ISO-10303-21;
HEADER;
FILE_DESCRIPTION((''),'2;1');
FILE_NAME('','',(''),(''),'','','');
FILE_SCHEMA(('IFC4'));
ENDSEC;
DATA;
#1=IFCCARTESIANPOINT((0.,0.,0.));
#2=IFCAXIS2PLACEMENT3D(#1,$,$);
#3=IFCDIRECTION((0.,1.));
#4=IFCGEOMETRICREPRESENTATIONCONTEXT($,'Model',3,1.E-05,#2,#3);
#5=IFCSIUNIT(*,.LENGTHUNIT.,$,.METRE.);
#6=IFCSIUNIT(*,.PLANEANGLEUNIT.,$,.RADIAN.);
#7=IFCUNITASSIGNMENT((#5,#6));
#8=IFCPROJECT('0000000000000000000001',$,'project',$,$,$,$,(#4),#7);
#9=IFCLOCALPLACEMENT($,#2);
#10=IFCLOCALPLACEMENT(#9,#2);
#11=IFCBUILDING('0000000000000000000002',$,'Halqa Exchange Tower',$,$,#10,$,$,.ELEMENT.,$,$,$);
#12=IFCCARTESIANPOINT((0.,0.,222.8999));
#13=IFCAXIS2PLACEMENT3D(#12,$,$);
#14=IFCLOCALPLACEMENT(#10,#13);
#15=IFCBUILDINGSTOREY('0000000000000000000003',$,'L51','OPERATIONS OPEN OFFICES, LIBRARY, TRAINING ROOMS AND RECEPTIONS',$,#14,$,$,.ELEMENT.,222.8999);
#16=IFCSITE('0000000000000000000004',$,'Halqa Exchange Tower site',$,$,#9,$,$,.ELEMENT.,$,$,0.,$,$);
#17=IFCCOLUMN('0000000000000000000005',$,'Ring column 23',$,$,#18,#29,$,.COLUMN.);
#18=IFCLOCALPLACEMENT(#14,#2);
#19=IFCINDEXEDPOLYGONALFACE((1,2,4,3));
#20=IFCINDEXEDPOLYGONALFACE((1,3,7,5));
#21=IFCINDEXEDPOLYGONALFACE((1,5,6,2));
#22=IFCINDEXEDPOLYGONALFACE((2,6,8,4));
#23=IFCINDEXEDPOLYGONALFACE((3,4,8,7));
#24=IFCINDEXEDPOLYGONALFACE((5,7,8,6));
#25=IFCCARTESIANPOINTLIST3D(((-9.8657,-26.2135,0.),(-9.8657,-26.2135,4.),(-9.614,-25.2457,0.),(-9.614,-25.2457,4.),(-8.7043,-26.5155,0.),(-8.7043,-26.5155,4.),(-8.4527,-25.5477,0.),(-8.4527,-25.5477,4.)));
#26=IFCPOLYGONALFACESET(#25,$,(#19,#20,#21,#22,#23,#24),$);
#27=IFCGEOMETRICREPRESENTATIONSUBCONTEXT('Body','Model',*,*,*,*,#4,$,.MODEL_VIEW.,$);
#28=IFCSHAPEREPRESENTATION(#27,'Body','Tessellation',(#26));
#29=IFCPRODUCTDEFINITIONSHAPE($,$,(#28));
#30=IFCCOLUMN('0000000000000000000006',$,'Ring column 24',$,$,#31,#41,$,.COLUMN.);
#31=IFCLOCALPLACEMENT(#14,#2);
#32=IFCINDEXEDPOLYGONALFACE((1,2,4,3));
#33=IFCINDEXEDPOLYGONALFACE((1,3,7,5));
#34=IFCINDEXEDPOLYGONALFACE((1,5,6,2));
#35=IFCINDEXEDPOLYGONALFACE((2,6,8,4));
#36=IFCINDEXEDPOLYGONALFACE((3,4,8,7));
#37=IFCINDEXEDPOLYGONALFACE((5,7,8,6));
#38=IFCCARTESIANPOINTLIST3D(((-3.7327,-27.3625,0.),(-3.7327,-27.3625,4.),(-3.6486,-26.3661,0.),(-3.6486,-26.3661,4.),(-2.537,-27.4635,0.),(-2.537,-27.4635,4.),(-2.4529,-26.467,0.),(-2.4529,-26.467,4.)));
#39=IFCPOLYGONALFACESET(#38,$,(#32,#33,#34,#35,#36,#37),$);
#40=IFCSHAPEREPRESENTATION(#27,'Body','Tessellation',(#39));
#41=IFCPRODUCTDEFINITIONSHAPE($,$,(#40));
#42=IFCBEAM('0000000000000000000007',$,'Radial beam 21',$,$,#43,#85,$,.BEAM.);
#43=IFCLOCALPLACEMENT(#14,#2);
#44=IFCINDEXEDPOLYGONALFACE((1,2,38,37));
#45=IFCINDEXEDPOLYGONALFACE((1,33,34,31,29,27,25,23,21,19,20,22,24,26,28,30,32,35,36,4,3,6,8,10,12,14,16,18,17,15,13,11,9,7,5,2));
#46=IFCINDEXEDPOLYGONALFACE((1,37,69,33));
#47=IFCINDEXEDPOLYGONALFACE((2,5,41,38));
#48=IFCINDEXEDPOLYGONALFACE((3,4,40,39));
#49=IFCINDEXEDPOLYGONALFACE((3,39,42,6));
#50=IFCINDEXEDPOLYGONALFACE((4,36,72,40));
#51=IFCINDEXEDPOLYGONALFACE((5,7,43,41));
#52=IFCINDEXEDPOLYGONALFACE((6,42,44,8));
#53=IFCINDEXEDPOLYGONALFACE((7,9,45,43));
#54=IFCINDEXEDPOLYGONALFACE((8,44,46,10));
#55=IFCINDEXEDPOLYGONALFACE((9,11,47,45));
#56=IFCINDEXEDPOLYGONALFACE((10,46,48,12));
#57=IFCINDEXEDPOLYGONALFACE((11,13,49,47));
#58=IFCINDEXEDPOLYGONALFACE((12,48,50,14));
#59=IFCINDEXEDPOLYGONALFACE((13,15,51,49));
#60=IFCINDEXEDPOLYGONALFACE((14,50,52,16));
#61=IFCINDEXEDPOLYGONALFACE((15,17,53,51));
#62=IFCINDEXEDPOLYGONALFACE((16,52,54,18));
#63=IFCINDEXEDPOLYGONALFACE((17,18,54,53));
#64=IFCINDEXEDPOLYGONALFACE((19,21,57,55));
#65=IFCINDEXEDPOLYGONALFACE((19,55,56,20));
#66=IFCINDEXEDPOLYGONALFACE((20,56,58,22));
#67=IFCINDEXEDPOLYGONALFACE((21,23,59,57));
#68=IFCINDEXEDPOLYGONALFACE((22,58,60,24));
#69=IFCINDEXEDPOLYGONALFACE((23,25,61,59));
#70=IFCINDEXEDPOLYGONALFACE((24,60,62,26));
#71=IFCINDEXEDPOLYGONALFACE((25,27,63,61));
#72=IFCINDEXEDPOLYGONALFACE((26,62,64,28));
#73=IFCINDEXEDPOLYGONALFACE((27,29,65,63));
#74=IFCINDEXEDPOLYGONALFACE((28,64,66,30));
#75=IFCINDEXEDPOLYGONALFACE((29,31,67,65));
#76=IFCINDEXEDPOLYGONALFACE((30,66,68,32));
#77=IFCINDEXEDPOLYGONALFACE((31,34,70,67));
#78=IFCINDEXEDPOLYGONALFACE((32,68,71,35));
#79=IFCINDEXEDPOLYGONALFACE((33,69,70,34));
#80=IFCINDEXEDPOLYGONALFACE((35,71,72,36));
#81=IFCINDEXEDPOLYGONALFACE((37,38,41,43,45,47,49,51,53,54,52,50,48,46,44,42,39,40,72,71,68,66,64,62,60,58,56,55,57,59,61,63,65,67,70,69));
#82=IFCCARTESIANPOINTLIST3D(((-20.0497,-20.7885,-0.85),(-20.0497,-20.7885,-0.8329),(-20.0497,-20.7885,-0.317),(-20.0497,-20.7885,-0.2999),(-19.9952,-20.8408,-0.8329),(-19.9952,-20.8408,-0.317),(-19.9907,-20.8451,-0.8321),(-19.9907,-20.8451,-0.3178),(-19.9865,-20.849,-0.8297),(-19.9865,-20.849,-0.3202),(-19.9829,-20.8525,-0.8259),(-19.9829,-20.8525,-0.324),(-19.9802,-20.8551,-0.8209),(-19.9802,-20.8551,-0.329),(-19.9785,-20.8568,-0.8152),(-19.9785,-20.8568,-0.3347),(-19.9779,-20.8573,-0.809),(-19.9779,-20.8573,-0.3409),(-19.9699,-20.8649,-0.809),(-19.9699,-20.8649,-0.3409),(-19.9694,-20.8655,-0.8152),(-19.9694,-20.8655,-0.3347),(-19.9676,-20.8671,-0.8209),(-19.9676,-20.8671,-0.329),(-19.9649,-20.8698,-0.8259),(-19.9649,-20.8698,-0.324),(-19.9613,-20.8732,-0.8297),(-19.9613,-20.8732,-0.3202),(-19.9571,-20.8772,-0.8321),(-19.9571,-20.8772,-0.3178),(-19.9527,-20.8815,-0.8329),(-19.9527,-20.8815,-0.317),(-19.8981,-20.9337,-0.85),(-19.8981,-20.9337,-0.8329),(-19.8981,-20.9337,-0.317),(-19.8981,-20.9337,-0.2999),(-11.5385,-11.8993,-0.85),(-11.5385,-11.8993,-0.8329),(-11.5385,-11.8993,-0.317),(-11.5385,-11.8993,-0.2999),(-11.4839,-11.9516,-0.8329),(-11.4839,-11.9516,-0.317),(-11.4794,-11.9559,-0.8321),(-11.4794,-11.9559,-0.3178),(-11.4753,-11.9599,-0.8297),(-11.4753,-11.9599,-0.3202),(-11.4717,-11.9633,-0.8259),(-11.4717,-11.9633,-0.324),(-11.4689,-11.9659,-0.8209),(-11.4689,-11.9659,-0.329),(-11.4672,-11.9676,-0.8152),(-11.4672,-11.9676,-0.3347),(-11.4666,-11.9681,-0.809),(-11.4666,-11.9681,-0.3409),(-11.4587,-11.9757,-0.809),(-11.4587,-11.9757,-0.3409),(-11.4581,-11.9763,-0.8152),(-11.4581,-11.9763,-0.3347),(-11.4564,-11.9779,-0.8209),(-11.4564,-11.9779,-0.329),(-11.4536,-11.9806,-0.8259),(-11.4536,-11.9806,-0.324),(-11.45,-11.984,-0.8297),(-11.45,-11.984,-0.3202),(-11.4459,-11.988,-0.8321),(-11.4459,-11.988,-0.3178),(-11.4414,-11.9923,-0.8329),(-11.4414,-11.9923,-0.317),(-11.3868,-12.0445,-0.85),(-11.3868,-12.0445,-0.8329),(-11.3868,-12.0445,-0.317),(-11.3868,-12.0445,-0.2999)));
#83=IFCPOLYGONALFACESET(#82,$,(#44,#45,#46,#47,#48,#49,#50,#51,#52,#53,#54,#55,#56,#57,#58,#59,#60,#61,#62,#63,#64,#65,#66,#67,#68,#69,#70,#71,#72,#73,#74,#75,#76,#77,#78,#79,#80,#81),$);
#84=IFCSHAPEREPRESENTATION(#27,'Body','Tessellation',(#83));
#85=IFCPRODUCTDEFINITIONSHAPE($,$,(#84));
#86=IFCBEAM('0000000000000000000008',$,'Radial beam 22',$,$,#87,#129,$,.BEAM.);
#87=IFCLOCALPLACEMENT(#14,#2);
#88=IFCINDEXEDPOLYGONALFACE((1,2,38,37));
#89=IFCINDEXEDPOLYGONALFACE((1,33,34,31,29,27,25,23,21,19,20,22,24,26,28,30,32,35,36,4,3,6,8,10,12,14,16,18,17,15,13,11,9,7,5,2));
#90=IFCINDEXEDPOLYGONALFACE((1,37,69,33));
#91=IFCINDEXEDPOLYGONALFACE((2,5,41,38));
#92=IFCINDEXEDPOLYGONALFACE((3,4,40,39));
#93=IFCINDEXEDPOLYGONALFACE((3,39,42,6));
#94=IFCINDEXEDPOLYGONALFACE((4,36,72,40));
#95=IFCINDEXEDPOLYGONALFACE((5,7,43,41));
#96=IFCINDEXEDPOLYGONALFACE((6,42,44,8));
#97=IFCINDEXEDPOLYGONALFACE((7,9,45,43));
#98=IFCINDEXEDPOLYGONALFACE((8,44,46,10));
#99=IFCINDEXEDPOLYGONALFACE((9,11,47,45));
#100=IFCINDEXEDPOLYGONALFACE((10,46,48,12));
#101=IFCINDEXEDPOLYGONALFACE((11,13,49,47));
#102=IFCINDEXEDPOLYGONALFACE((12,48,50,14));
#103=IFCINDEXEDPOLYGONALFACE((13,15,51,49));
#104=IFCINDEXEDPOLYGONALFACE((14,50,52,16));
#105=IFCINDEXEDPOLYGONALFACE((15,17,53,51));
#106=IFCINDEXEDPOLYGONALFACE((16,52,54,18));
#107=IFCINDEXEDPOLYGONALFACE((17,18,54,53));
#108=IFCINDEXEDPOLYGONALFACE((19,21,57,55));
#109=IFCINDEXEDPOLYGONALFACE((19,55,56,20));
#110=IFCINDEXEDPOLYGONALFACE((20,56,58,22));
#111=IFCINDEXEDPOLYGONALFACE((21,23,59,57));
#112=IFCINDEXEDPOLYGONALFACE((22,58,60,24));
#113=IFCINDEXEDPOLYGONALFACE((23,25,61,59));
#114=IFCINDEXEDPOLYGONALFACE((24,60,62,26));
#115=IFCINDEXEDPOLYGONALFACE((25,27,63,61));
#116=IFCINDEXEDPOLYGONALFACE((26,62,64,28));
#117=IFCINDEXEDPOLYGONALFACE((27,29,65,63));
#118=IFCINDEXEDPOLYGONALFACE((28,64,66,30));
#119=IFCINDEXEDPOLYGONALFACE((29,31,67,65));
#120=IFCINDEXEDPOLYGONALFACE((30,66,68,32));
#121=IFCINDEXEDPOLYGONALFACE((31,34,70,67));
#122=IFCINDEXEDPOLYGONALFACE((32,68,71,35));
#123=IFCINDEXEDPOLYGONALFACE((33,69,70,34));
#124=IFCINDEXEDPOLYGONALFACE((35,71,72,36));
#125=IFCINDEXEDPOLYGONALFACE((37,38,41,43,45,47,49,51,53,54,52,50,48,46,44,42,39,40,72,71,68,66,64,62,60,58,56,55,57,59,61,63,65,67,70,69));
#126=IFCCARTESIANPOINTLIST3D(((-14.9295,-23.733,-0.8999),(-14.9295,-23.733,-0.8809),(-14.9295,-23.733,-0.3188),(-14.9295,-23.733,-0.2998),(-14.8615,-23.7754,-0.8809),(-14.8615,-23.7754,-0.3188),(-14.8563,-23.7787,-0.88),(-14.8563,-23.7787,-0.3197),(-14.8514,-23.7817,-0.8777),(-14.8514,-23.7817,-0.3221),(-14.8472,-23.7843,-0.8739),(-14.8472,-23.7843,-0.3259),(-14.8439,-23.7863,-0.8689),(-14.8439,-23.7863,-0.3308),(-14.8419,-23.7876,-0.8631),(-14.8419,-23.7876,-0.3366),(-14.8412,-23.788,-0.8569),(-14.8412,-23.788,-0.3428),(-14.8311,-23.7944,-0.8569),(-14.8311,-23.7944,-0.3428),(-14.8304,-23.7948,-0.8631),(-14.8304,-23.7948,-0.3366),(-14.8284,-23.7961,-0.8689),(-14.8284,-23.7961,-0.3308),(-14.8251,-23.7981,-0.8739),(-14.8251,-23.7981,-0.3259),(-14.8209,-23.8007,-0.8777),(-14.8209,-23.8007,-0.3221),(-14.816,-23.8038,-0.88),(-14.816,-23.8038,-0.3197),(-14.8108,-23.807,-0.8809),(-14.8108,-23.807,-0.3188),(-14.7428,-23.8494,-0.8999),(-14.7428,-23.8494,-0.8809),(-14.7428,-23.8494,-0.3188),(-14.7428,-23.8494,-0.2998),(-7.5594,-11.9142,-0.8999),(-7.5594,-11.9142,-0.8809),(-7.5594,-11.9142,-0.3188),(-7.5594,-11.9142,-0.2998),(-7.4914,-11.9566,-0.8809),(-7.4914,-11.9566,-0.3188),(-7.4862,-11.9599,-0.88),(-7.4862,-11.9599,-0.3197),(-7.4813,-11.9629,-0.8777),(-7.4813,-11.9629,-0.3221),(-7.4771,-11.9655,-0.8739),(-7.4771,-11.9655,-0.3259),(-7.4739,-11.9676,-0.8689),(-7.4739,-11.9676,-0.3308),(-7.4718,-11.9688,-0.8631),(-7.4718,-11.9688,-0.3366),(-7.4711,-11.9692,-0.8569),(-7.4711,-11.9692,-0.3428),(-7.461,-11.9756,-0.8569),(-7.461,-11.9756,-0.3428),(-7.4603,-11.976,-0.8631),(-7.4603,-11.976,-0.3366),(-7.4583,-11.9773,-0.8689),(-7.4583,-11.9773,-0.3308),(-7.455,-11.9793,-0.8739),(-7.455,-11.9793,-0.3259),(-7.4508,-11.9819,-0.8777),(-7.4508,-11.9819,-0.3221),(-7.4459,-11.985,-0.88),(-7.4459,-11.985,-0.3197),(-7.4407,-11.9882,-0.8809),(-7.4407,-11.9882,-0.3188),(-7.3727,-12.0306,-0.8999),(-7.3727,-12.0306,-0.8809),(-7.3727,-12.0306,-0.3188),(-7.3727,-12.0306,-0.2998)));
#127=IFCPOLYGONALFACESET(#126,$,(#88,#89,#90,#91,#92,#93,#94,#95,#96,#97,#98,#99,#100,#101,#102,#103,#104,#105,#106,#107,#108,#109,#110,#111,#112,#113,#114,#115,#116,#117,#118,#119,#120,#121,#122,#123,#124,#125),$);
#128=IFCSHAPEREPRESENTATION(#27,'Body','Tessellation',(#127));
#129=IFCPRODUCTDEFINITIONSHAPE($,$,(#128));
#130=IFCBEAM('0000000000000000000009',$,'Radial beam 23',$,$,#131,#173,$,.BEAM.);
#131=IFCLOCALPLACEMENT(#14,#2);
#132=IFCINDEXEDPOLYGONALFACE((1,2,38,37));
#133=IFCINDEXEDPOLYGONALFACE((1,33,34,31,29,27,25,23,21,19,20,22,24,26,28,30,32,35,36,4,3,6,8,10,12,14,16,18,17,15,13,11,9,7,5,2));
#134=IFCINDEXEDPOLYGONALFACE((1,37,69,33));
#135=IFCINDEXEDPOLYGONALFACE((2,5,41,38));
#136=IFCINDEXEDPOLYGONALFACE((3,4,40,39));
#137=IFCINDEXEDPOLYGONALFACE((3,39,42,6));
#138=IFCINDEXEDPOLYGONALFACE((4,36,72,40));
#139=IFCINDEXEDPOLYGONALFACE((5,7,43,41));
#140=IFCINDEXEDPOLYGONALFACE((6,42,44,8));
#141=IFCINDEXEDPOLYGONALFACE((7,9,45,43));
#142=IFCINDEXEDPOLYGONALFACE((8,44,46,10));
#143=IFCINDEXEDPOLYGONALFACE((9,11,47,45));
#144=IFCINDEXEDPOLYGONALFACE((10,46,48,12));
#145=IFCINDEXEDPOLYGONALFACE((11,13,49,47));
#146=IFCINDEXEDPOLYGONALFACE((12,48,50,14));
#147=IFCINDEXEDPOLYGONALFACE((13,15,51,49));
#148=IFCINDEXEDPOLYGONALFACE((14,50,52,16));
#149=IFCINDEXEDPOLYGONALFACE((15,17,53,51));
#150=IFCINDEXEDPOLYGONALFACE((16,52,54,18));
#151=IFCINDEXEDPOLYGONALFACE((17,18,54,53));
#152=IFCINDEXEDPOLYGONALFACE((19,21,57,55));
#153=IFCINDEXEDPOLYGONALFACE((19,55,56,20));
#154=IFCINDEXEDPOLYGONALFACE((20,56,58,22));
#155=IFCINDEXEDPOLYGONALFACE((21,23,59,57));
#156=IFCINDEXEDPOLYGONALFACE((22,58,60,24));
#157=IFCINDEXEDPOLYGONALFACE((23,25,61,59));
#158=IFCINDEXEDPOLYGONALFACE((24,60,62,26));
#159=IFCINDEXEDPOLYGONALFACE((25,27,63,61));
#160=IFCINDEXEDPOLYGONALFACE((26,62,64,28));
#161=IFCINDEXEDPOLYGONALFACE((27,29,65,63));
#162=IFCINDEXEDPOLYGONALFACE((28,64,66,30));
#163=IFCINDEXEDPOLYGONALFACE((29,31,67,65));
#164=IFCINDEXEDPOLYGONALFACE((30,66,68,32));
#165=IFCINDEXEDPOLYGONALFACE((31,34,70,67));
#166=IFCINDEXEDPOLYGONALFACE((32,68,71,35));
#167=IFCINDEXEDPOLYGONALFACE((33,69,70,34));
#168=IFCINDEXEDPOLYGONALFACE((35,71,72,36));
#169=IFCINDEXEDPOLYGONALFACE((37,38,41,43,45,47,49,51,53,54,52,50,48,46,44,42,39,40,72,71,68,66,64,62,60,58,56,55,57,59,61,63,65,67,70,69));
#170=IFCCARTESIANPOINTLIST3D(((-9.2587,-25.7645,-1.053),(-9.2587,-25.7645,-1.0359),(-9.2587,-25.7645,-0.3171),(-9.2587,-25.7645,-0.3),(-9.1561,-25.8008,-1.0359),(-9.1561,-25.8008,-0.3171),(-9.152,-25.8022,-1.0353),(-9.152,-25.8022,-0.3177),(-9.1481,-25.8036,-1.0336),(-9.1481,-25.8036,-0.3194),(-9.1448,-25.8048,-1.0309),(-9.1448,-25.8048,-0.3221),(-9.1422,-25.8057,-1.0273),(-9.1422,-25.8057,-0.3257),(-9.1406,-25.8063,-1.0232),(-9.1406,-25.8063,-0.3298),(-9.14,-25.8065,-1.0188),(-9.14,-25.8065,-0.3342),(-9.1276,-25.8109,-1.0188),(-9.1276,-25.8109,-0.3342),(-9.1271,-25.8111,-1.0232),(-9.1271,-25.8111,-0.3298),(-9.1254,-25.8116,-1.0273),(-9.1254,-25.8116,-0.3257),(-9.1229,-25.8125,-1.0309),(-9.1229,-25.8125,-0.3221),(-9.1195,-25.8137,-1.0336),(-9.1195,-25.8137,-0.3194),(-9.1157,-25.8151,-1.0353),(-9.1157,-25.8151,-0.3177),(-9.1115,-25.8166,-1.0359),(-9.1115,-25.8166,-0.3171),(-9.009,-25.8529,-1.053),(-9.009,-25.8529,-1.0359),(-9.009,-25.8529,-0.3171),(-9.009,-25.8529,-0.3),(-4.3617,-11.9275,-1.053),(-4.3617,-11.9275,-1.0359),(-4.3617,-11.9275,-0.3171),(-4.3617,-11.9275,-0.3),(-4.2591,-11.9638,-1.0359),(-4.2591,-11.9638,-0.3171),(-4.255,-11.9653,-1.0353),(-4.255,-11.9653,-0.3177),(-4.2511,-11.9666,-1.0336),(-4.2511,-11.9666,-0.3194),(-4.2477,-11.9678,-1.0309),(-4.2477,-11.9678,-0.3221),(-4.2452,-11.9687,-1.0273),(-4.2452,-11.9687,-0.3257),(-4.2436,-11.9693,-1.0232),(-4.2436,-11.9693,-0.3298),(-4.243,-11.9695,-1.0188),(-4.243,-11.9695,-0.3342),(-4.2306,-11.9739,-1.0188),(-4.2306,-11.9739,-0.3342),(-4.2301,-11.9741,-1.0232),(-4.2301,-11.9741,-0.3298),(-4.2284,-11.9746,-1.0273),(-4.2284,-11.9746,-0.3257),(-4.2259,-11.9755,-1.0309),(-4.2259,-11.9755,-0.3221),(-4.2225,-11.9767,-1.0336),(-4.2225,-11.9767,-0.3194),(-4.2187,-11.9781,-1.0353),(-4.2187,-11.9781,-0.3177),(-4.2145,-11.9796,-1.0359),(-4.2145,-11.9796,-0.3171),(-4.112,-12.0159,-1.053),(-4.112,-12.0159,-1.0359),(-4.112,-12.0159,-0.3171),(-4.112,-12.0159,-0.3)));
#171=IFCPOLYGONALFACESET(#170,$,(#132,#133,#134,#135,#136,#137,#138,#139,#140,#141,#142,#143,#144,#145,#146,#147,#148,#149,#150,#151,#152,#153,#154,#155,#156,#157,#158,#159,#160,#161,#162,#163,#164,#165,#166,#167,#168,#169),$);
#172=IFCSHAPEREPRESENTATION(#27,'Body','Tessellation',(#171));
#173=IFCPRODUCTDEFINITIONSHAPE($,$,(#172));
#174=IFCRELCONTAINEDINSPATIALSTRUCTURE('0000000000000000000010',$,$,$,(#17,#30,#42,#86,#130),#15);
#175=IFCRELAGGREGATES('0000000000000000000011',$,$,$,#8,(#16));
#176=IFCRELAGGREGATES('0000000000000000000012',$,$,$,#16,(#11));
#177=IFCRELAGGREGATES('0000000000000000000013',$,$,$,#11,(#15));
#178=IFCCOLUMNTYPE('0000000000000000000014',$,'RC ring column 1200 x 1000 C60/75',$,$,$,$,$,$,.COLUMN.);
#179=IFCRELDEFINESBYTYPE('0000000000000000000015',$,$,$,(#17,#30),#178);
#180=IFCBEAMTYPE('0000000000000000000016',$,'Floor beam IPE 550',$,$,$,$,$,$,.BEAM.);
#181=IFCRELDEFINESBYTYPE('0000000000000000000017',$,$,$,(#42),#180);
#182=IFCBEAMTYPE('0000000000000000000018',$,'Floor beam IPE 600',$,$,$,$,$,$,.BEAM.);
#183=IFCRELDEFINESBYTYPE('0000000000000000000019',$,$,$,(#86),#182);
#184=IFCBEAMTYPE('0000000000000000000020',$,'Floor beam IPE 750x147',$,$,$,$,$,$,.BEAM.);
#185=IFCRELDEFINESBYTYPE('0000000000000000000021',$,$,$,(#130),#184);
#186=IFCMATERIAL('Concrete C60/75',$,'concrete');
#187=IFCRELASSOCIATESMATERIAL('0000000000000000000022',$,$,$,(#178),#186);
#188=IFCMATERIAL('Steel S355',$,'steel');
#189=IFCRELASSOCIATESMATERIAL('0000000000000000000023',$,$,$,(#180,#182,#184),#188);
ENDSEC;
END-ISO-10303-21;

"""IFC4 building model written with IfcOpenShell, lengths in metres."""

from ifc_helpers import new_model, si_unit, direction, frame, origin, origin_2d, place, context, subcontext, project, spatial, rectangle, i_section, extrude, material, material_profile, profile_set, type_object, element, save


model = new_model("IFC4")

# Units and contexts
model_context = context("Model", 3, precision=1e-05, world=origin(), true_north=direction((0.0, 1.0)))
body_context = subcontext(model_context, "Body", "Model", "MODEL_VIEW")
ifc_project = project(units=[si_unit("LENGTHUNIT", "METRE"), si_unit("PLANEANGLEUNIT", "RADIAN")], contexts=[model_context])

# Site, building, storey
site_placement = place(None, origin())
site = spatial("IfcSite", under=ifc_project, at=site_placement, Name="Halqa Exchange Tower site", CompositionType="ELEMENT", RefElevation=0.0)
building_placement = place(site_placement, origin())
building = spatial("IfcBuilding", under=site, at=building_placement, Name="Halqa Exchange Tower", CompositionType="ELEMENT")
storey_placement = place(building_placement, frame((0.0, 0.0, 222.8999)))
storey = spatial("IfcBuildingStorey", under=building, at=storey_placement, Name="L51", Description="OPERATIONS OPEN OFFICES, LIBRARY, TRAINING ROOMS AND RECEPTIONS", CompositionType="ELEMENT", Elevation=222.8999)

# Columns
ifc_material_1 = material(Name="Concrete C60/75", Category="concrete")
ifc_material_profile_1 = material_profile(ifc_material_1, rectangle(XDim=1.2, YDim=1.0, at=origin_2d()), Name="1200 x 1000")
ifc_profile_set_1 = profile_set([ifc_material_profile_1], Name="Concrete C60/75")
column_type = type_object("IfcColumnType", Name="RC ring column 1200 x 1000 C60/75", PredefinedType="COLUMN", material=ifc_profile_set_1)
for number, where, z_axis, x_axis, name in (
    (1, (-9.1592, -25.8806, 0.0), (0.0, 0.0, 1.0), (0.967818, -0.25165, 0.0), "Ring column 23"),
    (2, (-3.0928, -26.9148, 0.0), (0.0, 0.0, 1.0), (0.996455, -0.084128, 0.0), "Ring column 24"),
):
    element("IfcColumn", number, at=place(storey_placement, frame(where, z_axis=z_axis, x_axis=x_axis)), inside=storey, type_object=column_type, Name=name, PredefinedType="COLUMN", context=body_context, shape_type="SweptSolid", body=[
        extrude(rectangle(XDim=1.2, YDim=1.0, at=origin_2d()), origin(), (0.0, 0.0, 1.0), 4.0),
    ])

# Beams
ifc_material_2 = material(Name="Steel S355", Category="steel")
ifc_material_profile_2 = material_profile(ifc_material_2, i_section(OverallWidth=0.21, OverallDepth=0.55, WebThickness=0.011, FlangeThickness=0.0171, FilletRadius=0.0239, at=origin_2d()), Name="IPE 550")
ifc_profile_set_2 = profile_set([ifc_material_profile_2], Name="Steel S355")
beam_type_1 = type_object("IfcBeamType", Name="Floor beam IPE 550", PredefinedType="BEAM", material=ifc_profile_set_2)
beam_1_placement = place(storey_placement, frame((-11.4626, -11.9719, -0.575), z_axis=(-0.691586, -0.722295, 0.0), x_axis=(0.722295, -0.691586, 0.0)))
element("IfcBeam", 3, at=beam_1_placement, inside=storey, type_object=beam_type_1, Name="Radial beam 21", PredefinedType="BEAM", context=body_context, shape_type="SweptSolid", body=[
    extrude(i_section(OverallWidth=0.21, OverallDepth=0.55, WebThickness=0.011, FlangeThickness=0.0171, FilletRadius=0.0239, at=origin_2d()), origin(), (0.0, 0.0, 1.0), 12.3069),
])
ifc_material_profile_3 = material_profile(ifc_material_2, i_section(OverallWidth=0.22, OverallDepth=0.6001, WebThickness=0.012, FlangeThickness=0.019, FilletRadius=0.0239, at=origin_2d()), Name="IPE 600")
ifc_profile_set_3 = profile_set([ifc_material_profile_3], Name="Steel S355")
beam_type_2 = type_object("IfcBeamType", Name="Floor beam IPE 600", PredefinedType="BEAM", material=ifc_profile_set_3)
beam_2_placement = place(storey_placement, frame((-7.4661, -11.9724, -0.5999), z_axis=(-0.529138, -0.848536, 0.0), x_axis=(0.848536, -0.529138, 0.0)))
element("IfcBeam", 4, at=beam_2_placement, inside=storey, type_object=beam_type_2, Name="Radial beam 22", PredefinedType="BEAM", context=body_context, shape_type="SweptSolid", body=[
    extrude(i_section(OverallWidth=0.22, OverallDepth=0.6001, WebThickness=0.012, FlangeThickness=0.019, FilletRadius=0.0239, at=origin_2d()), origin(), (0.0, 0.0, 1.0), 13.9285),
])
ifc_material_profile_4 = material_profile(ifc_material_2, i_section(OverallWidth=0.2649, OverallDepth=0.7529, WebThickness=0.0132, FlangeThickness=0.0171, FilletRadius=0.0171, at=origin_2d()), Name="IPE 750x147")
ifc_profile_set_4 = profile_set([ifc_material_profile_4], Name="Steel S355")
beam_type_3 = type_object("IfcBeamType", Name="Floor beam IPE 750x147", PredefinedType="BEAM", material=ifc_profile_set_4)
beam_3_placement = place(storey_placement, frame((-4.2368, -11.9717, -0.6765), z_axis=(-0.333629, -0.942704, 0.0), x_axis=(0.942704, -0.333629, 0.0)))
element("IfcBeam", 5, at=beam_3_placement, inside=storey, type_object=beam_type_3, Name="Radial beam 23", PredefinedType="BEAM", context=body_context, shape_type="SweptSolid", body=[
    extrude(i_section(OverallWidth=0.2649, OverallDepth=0.7529, WebThickness=0.0132, FlangeThickness=0.0171, FilletRadius=0.0171, at=origin_2d()), origin(), (0.0, 0.0, 1.0), 14.678),
])

save(model, "model.ifc")
